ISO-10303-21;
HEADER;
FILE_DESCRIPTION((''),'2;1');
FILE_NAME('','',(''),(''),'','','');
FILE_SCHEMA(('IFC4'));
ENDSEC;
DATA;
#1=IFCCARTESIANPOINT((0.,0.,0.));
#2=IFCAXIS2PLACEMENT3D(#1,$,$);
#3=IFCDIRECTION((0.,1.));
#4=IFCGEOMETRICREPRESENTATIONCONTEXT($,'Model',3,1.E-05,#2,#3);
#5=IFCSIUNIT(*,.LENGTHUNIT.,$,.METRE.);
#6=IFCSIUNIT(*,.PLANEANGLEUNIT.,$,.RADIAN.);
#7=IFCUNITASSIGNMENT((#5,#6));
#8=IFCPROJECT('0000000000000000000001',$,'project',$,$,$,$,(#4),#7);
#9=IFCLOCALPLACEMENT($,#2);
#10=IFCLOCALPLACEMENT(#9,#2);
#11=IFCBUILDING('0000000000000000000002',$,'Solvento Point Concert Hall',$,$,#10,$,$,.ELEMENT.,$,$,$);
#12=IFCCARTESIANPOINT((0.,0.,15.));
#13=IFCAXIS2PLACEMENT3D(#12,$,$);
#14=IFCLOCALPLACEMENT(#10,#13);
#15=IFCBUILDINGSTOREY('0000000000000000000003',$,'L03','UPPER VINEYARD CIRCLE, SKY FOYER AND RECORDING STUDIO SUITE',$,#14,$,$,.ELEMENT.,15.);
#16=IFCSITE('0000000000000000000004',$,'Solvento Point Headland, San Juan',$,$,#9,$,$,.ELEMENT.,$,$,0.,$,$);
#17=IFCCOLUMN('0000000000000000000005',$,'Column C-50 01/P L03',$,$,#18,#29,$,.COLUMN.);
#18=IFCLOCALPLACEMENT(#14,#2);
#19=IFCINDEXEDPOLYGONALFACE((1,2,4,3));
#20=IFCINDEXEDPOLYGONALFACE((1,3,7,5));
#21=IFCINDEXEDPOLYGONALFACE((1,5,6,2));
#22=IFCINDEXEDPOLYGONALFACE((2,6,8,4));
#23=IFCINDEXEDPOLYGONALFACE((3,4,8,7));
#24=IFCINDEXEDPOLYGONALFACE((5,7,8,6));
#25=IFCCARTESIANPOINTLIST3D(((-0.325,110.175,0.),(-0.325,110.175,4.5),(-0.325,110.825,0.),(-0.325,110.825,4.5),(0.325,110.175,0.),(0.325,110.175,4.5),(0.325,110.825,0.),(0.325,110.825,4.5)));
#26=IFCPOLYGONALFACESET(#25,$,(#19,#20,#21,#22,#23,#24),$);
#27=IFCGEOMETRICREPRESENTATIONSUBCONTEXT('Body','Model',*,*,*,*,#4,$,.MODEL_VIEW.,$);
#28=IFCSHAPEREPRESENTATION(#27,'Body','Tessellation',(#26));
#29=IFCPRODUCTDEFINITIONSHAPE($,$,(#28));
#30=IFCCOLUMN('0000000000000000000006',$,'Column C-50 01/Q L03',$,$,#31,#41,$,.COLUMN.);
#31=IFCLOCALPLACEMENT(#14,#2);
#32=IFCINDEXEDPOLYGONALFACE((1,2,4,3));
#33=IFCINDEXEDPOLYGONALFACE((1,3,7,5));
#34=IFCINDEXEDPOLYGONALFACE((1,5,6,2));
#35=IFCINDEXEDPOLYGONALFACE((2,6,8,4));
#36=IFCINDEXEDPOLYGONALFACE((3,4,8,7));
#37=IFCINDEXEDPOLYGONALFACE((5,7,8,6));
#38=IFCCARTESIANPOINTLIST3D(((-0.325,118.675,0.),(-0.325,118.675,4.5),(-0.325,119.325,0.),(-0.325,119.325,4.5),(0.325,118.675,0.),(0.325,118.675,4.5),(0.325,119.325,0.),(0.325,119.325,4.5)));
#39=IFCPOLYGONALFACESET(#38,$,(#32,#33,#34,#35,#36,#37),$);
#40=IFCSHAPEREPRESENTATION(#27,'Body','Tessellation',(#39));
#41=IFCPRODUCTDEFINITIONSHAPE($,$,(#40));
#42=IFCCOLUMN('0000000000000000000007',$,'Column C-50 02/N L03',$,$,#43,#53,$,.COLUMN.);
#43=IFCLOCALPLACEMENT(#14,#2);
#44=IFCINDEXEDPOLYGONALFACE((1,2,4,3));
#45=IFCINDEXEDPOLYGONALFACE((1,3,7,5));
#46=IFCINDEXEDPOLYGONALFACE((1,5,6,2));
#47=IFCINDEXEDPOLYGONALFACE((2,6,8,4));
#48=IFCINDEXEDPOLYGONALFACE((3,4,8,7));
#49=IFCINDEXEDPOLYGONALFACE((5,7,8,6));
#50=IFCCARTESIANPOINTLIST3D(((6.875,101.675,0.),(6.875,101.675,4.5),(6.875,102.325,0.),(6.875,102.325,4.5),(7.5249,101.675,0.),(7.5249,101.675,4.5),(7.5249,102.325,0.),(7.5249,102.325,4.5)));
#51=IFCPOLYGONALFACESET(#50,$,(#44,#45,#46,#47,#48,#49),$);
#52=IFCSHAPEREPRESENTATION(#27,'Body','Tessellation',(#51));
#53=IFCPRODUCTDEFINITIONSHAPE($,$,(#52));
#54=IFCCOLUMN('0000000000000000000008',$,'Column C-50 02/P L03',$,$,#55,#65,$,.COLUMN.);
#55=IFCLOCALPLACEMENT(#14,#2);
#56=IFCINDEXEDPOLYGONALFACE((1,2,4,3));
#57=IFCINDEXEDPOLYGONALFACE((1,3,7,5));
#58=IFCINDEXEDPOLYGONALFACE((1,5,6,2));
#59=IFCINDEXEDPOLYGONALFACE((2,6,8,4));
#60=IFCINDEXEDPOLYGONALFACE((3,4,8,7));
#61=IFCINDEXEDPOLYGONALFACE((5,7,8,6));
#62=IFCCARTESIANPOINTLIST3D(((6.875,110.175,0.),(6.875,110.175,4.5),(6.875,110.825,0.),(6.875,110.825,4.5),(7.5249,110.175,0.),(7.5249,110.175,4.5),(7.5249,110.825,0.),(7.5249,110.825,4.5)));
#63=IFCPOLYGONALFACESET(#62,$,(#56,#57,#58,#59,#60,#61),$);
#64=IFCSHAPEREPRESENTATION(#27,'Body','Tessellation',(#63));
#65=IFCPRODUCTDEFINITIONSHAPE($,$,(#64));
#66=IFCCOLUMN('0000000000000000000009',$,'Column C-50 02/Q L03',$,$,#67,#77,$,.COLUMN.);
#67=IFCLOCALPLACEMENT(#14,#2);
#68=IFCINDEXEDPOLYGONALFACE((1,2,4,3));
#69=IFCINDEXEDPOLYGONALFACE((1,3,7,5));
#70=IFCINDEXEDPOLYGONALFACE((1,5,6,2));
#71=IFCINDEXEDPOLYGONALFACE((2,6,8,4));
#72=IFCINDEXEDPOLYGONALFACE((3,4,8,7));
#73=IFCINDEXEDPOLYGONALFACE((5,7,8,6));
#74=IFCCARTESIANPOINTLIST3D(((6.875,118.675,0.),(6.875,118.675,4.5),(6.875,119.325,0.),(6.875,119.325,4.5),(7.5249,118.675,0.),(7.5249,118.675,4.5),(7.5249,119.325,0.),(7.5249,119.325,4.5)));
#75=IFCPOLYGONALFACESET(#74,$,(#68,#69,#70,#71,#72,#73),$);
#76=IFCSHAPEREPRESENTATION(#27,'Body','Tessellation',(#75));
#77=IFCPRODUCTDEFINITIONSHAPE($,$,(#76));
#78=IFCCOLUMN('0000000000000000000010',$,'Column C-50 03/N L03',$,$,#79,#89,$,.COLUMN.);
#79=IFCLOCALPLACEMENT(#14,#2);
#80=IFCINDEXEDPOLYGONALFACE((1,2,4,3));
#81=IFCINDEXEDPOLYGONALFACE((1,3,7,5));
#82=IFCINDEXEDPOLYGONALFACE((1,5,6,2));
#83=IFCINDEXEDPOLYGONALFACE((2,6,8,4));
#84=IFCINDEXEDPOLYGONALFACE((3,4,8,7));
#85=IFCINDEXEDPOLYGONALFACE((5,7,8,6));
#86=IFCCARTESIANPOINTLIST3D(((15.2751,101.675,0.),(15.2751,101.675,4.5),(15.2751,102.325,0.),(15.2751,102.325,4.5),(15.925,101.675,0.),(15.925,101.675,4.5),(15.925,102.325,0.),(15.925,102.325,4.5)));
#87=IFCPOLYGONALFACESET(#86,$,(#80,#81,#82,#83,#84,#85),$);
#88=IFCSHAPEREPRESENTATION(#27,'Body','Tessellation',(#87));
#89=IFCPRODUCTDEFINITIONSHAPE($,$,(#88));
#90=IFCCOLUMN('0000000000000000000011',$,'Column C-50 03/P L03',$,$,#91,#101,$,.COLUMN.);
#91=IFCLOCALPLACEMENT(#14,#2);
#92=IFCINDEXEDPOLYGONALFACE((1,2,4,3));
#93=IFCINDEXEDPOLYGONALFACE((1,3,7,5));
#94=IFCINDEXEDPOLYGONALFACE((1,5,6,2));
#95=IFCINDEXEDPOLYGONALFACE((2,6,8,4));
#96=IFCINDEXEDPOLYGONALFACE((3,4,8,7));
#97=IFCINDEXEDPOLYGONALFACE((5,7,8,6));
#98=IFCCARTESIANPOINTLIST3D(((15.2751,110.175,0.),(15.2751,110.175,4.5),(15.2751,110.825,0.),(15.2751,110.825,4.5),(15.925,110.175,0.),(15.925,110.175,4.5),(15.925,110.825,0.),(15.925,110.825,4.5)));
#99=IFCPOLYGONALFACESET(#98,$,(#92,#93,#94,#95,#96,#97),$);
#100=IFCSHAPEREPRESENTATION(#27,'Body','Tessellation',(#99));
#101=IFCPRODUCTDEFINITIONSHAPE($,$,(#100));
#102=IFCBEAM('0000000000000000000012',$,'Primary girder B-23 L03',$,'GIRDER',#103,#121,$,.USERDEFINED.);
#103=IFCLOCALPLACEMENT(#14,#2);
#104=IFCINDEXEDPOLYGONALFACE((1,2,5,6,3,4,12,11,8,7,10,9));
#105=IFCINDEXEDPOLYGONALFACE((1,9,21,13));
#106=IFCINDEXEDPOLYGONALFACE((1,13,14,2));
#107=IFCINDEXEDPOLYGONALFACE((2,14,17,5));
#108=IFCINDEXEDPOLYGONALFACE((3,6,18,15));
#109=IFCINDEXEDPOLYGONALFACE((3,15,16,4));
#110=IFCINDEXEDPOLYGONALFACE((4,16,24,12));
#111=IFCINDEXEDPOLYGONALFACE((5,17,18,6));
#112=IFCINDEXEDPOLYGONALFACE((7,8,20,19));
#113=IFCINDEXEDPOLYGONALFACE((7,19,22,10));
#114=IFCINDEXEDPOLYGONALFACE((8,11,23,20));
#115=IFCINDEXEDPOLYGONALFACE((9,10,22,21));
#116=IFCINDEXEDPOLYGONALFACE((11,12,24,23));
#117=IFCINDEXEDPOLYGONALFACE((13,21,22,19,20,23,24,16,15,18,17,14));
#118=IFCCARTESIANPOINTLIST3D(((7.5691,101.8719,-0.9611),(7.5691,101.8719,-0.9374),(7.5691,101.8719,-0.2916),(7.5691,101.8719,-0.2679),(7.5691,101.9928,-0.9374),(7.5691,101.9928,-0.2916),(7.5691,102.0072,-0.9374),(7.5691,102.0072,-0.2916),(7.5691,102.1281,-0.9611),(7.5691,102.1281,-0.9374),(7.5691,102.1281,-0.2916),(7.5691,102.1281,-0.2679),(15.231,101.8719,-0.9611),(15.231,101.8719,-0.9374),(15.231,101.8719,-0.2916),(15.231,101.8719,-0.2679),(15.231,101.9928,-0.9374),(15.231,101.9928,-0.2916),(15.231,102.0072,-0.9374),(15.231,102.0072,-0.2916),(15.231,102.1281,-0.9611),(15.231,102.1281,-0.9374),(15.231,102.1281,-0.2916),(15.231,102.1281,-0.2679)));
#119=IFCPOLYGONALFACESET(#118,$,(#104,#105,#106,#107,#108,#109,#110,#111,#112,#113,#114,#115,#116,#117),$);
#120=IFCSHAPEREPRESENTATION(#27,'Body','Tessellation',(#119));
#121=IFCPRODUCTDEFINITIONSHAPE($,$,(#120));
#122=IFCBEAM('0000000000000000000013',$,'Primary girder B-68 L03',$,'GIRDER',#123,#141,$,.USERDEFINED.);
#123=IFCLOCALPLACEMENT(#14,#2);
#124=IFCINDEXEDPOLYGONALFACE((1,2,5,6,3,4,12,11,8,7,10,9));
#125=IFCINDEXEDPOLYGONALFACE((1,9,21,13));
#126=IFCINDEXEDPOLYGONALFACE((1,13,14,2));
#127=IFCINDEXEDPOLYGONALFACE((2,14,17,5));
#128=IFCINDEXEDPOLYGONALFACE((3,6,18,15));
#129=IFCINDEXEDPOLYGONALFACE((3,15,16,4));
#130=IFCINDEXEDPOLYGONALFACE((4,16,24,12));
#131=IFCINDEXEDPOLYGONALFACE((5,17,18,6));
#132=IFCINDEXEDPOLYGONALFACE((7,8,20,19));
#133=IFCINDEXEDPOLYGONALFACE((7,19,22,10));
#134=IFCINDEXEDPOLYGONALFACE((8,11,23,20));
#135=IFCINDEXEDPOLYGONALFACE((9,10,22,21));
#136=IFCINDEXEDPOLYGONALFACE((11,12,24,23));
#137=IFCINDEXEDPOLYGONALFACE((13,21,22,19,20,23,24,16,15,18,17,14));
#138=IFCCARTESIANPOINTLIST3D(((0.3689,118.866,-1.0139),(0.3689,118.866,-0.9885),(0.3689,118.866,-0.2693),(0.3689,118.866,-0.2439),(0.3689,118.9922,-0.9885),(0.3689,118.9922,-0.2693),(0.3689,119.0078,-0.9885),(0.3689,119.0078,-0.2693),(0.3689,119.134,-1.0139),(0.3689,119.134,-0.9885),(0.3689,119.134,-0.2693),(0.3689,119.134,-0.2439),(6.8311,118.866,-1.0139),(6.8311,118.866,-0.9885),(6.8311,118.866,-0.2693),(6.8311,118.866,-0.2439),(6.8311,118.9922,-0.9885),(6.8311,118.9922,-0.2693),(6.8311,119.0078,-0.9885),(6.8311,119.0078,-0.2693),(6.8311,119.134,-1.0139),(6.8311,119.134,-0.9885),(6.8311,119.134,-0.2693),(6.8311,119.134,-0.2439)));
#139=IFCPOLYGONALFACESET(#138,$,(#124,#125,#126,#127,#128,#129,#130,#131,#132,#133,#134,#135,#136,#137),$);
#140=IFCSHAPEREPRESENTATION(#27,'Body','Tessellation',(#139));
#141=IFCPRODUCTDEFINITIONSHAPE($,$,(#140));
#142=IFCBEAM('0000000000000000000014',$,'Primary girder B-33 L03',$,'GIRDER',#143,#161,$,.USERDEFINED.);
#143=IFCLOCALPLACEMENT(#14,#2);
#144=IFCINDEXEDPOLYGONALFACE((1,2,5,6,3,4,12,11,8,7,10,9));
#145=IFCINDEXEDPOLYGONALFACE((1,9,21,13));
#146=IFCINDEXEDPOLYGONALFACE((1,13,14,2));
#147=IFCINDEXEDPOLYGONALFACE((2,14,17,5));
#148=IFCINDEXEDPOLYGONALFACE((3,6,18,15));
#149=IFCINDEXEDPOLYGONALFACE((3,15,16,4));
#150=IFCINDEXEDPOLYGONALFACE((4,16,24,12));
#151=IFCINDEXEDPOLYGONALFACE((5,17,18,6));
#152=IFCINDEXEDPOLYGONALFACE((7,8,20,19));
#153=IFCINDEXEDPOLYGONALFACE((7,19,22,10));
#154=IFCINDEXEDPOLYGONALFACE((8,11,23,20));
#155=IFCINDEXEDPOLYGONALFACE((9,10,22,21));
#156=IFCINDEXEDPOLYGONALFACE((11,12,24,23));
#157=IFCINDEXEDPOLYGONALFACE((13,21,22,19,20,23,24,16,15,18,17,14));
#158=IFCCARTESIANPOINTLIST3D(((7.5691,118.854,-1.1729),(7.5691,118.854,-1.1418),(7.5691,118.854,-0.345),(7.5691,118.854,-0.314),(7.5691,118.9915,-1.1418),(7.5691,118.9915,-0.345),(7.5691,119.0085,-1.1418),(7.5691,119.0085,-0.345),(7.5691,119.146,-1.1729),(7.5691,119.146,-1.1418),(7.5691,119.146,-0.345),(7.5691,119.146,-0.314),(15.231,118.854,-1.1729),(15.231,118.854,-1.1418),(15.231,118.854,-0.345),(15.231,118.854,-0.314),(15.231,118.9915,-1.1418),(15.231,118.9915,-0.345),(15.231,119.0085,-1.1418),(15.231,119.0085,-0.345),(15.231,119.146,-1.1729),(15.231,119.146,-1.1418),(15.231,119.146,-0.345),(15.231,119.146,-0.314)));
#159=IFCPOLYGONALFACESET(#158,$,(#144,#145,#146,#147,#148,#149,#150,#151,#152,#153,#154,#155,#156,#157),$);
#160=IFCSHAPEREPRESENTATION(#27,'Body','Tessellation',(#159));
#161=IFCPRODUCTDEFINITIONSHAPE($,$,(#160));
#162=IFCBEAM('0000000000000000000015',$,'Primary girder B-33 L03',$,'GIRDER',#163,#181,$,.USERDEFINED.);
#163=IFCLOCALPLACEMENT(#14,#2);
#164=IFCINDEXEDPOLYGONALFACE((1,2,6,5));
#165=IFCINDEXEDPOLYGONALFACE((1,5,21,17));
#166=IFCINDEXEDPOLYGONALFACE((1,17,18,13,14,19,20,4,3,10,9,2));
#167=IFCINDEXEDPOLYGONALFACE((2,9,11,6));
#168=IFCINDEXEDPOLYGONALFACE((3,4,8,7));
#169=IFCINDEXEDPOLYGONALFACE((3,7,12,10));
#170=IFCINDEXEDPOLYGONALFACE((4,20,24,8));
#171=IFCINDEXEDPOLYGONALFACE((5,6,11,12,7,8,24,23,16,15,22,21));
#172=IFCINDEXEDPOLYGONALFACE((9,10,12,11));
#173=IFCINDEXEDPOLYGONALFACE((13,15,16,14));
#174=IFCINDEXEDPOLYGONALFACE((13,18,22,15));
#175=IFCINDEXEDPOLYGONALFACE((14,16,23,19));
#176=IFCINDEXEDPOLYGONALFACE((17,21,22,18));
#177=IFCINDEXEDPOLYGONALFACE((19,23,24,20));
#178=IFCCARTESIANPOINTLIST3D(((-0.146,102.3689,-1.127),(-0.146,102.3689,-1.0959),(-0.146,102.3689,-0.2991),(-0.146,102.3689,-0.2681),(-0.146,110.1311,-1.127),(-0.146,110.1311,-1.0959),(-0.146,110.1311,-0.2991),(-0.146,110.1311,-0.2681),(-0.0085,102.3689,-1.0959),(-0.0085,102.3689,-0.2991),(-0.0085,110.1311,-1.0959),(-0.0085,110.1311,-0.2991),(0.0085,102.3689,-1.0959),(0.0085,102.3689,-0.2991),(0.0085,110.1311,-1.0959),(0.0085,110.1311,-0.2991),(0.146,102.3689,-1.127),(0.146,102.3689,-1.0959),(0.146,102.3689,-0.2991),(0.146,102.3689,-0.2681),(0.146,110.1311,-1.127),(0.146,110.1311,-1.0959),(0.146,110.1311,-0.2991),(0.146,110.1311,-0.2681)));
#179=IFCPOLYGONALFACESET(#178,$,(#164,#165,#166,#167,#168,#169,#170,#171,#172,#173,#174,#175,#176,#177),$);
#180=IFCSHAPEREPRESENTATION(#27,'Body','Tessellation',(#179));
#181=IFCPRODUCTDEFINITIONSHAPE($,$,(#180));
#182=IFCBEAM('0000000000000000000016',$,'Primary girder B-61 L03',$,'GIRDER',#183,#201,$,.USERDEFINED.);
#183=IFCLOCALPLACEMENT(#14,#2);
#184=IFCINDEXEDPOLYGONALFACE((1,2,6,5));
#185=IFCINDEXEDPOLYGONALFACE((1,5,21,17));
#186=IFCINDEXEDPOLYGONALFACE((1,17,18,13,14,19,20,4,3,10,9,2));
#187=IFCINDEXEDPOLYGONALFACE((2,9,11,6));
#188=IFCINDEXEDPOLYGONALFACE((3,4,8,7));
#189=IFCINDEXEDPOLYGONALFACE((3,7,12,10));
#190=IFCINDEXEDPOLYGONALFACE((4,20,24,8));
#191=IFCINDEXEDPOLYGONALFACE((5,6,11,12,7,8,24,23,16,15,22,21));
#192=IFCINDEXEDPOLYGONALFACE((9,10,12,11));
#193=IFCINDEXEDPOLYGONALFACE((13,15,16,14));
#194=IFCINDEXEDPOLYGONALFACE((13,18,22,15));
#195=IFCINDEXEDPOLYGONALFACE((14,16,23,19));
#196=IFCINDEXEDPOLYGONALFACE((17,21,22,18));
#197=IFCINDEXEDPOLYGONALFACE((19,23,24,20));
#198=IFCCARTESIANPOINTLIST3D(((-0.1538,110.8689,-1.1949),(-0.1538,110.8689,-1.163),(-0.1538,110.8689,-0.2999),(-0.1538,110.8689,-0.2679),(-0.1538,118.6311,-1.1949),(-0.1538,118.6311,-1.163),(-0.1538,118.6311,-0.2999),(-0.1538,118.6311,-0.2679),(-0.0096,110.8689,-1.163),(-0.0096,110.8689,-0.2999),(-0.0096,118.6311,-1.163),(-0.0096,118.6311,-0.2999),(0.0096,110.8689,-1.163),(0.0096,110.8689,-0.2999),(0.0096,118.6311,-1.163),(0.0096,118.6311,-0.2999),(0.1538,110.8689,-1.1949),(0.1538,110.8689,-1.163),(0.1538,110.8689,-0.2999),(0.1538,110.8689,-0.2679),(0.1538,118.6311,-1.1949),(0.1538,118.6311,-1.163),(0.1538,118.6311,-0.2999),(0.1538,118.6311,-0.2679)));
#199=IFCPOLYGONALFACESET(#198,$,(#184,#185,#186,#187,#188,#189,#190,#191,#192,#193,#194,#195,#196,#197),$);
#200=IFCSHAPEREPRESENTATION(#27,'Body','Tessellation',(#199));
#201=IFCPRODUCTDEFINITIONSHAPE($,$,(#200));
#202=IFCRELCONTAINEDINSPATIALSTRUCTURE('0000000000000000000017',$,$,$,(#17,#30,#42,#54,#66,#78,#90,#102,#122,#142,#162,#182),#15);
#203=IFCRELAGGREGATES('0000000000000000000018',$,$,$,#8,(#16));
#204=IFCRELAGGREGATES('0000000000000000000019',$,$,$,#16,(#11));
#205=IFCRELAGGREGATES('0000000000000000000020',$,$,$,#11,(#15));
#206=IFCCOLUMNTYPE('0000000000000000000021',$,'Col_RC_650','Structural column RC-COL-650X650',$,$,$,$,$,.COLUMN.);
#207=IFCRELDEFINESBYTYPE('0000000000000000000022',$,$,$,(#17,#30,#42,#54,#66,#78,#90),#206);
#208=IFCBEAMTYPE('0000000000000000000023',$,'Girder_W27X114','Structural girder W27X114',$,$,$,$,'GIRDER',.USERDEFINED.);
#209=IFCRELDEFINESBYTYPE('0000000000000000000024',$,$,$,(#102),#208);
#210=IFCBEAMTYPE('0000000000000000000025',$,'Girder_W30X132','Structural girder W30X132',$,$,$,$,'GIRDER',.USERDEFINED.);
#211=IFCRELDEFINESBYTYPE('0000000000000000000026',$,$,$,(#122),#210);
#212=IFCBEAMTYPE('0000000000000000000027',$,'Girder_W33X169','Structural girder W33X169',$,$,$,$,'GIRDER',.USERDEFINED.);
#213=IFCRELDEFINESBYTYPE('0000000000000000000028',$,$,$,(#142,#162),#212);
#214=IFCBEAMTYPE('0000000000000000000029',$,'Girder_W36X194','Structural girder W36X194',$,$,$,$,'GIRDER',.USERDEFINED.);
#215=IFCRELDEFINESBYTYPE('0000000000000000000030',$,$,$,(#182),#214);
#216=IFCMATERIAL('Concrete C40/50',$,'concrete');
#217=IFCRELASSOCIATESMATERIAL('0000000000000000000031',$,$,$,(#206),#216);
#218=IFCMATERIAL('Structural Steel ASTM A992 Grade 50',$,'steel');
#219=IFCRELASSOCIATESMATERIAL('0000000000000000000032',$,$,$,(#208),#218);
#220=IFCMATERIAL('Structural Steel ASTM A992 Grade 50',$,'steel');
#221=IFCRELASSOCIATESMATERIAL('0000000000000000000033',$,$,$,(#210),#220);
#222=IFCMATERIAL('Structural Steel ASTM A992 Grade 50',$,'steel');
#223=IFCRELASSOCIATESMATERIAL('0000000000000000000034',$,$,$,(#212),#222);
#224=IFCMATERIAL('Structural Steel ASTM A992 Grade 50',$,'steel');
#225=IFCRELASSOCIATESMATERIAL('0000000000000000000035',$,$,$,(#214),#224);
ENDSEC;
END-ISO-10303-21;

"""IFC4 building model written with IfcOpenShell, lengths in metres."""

from ifc_helpers import new_model, si_unit, direction, frame, origin, origin_2d, place, context, subcontext, project, spatial, rectangle, i_section, extrude, material, material_profile, profile_set, type_object, element, save


model = new_model("IFC4")

# Units and contexts
model_context = context("Model", 3, precision=1e-05, world=origin(), true_north=direction((0.0, 1.0)))
body_context = subcontext(model_context, "Body", "Model", "MODEL_VIEW")
ifc_project = project(units=[si_unit("LENGTHUNIT", "METRE"), si_unit("PLANEANGLEUNIT", "RADIAN")], contexts=[model_context])

# Site, building, storey
site_placement = place(None, origin())
site = spatial("IfcSite", under=ifc_project, at=site_placement, Name="Solvento Point Headland, San Juan", CompositionType="ELEMENT", RefElevation=0.0)
building_placement = place(site_placement, origin())
building = spatial("IfcBuilding", under=site, at=building_placement, Name="Solvento Point Concert Hall", CompositionType="ELEMENT")
storey_placement = place(building_placement, frame((0.0, 0.0, 15.0)))
storey = spatial("IfcBuildingStorey", under=building, at=storey_placement, Name="L03", Description="UPPER VINEYARD CIRCLE, SKY FOYER AND RECORDING STUDIO SUITE", CompositionType="ELEMENT", Elevation=15.0)

# Columns
ifc_material_1 = material(Name="Concrete C40/50", Category="concrete")
ifc_material_profile_1 = material_profile(ifc_material_1, rectangle(XDim=0.6499, YDim=0.6499, at=origin_2d()), Name="RC-COL-650X650")
ifc_profile_set_1 = profile_set([ifc_material_profile_1], Name="Concrete C40/50")
column_type = type_object("IfcColumnType", Name="Col_RC_650", Description="Structural column RC-COL-650X650", PredefinedType="COLUMN", material=ifc_profile_set_1)
for number, where, z_axis, x_axis, name in (
    (1, (0.0, 110.5, 0.0), (0.0, 0.0, 1.0), (1.0, 0.0, 0.0), "Column C-50 01/P L03"),
    (2, (0.0, 119.0, 0.0), (0.0, 0.0, 1.0), (1.0, 0.0, 0.0), "Column C-50 01/Q L03"),
    (3, (7.2, 102.0, 0.0), (0.0, 0.0, 1.0), (1.0, 0.0, 0.0), "Column C-50 02/N L03"),
    (4, (7.2, 110.5, 0.0), (0.0, 0.0, 1.0), (1.0, 0.0, 0.0), "Column C-50 02/P L03"),
    (5, (7.2, 119.0, 0.0), (0.0, 0.0, 1.0), (1.0, 0.0, 0.0), "Column C-50 02/Q L03"),
    (6, (15.6001, 102.0, 0.0), (0.0, 0.0, 1.0), (1.0, 0.0, 0.0), "Column C-50 03/N L03"),
    (7, (15.6001, 110.5, 0.0), (0.0, 0.0, 1.0), (1.0, 0.0, 0.0), "Column C-50 03/P L03"),
):
    element("IfcColumn", number, at=place(storey_placement, frame(where, z_axis=z_axis, x_axis=x_axis)), inside=storey, type_object=column_type, Name=name, PredefinedType="COLUMN", context=body_context, shape_type="SweptSolid", body=[
        extrude(rectangle(XDim=0.6499, YDim=0.6499, at=origin_2d()), origin(), (0.0, 0.0, 1.0), 4.5),
    ])

# Beams
ifc_material_2 = material(Name="Structural Steel ASTM A992 Grade 50", Category="steel")
ifc_material_profile_2 = material_profile(ifc_material_2, i_section(OverallWidth=0.2561, OverallDepth=0.6931, WebThickness=0.0144, FlangeThickness=0.0237, at=origin_2d()), Name="W27X114")
ifc_profile_set_2 = profile_set([ifc_material_profile_2], Name="Structural Steel ASTM A992 Grade 50")
beam_type_1 = type_object("IfcBeamType", Name="Girder_W27X114", Description="Structural girder W27X114", ElementType="GIRDER", PredefinedType="USERDEFINED", material=ifc_profile_set_2)
beam_1_placement = place(storey_placement, frame((7.5691, 102.0, -0.6145), z_axis=(1.0, 0.0, 0.0), x_axis=(0.0, 1.0, 0.0)))
element("IfcBeam", 8, at=beam_1_placement, inside=storey, type_object=beam_type_1, Name="Primary girder B-23 L03", ObjectType="GIRDER", PredefinedType="USERDEFINED", context=body_context, shape_type="SweptSolid", body=[
    extrude(i_section(OverallWidth=0.2561, OverallDepth=0.6931, WebThickness=0.0144, FlangeThickness=0.0237, at=origin_2d()), origin(), (0.0, 0.0, 1.0), 7.6619),
])
ifc_material_3 = material(Name="Structural Steel ASTM A992 Grade 50", Category="steel")
ifc_material_profile_3 = material_profile(ifc_material_3, i_section(OverallWidth=0.2681, OverallDepth=0.77, WebThickness=0.0156, FlangeThickness=0.0254, at=origin_2d()), Name="W30X132")
ifc_profile_set_3 = profile_set([ifc_material_profile_3], Name="Structural Steel ASTM A992 Grade 50")
beam_type_2 = type_object("IfcBeamType", Name="Girder_W30X132", Description="Structural girder W30X132", ElementType="GIRDER", PredefinedType="USERDEFINED", material=ifc_profile_set_3)
beam_2_placement = place(storey_placement, frame((0.3689, 119.0, -0.6289), z_axis=(1.0, 0.0, 0.0), x_axis=(0.0, 1.0, 0.0)))
element("IfcBeam", 9, at=beam_2_placement, inside=storey, type_object=beam_type_2, Name="Primary girder B-68 L03", ObjectType="GIRDER", PredefinedType="USERDEFINED", context=body_context, shape_type="SweptSolid", body=[
    extrude(i_section(OverallWidth=0.2681, OverallDepth=0.77, WebThickness=0.0156, FlangeThickness=0.0254, at=origin_2d()), origin(), (0.0, 0.0, 1.0), 6.4622),
])
ifc_material_4 = material(Name="Structural Steel ASTM A992 Grade 50", Category="steel")
ifc_material_profile_4 = material_profile(ifc_material_4, i_section(OverallWidth=0.292, OverallDepth=0.8589, WebThickness=0.0171, FlangeThickness=0.031, at=origin_2d()), Name="W33X169")
ifc_profile_set_4 = profile_set([ifc_material_profile_4], Name="Structural Steel ASTM A992 Grade 50")
beam_type_3 = type_object("IfcBeamType", Name="Girder_W33X169", Description="Structural girder W33X169", ElementType="GIRDER", PredefinedType="USERDEFINED", material=ifc_profile_set_4)
beam_3_placement = place(storey_placement, frame((7.5691, 119.0, -0.7434), z_axis=(1.0, 0.0, 0.0), x_axis=(0.0, 1.0, 0.0)))
element("IfcBeam", 10, at=beam_3_placement, inside=storey, type_object=beam_type_3, Name="Primary girder B-33 L03", ObjectType="GIRDER", PredefinedType="USERDEFINED", context=body_context, shape_type="SweptSolid", body=[
    extrude(i_section(OverallWidth=0.292, OverallDepth=0.8589, WebThickness=0.0171, FlangeThickness=0.031, at=origin_2d()), origin(), (0.0, 0.0, 1.0), 7.6619),
])
beam_4_placement = place(storey_placement, frame((0.0, 102.3689, -0.6975), z_axis=(0.0, 1.0, 0.0), x_axis=(-1.0, 0.0, 0.0)))
element("IfcBeam", 11, at=beam_4_placement, inside=storey, type_object=beam_type_3, Name="Primary girder B-33 L03", ObjectType="GIRDER", PredefinedType="USERDEFINED", context=body_context, shape_type="SweptSolid", body=[
    extrude(i_section(OverallWidth=0.292, OverallDepth=0.8589, WebThickness=0.0171, FlangeThickness=0.031, at=origin_2d()), origin(), (0.0, 0.0, 1.0), 7.7622),
])
ifc_material_5 = material(Name="Structural Steel ASTM A992 Grade 50", Category="steel")
ifc_material_profile_5 = material_profile(ifc_material_5, i_section(OverallWidth=0.3076, OverallDepth=0.927, WebThickness=0.0193, FlangeThickness=0.032, at=origin_2d()), Name="W36X194")
ifc_profile_set_5 = profile_set([ifc_material_profile_5], Name="Structural Steel ASTM A992 Grade 50")
beam_type_4 = type_object("IfcBeamType", Name="Girder_W36X194", Description="Structural girder W36X194", ElementType="GIRDER", PredefinedType="USERDEFINED", material=ifc_profile_set_5)
beam_5_placement = place(storey_placement, frame((0.0, 110.8689, -0.7314), z_axis=(0.0, 1.0, 0.0), x_axis=(-1.0, 0.0, 0.0)))
element("IfcBeam", 12, at=beam_5_placement, inside=storey, type_object=beam_type_4, Name="Primary girder B-61 L03", ObjectType="GIRDER", PredefinedType="USERDEFINED", context=body_context, shape_type="SweptSolid", body=[
    extrude(i_section(OverallWidth=0.3076, OverallDepth=0.927, WebThickness=0.0193, FlangeThickness=0.032, at=origin_2d()), origin(), (0.0, 0.0, 1.0), 7.7622),
])

save(model, "model.ifc")
